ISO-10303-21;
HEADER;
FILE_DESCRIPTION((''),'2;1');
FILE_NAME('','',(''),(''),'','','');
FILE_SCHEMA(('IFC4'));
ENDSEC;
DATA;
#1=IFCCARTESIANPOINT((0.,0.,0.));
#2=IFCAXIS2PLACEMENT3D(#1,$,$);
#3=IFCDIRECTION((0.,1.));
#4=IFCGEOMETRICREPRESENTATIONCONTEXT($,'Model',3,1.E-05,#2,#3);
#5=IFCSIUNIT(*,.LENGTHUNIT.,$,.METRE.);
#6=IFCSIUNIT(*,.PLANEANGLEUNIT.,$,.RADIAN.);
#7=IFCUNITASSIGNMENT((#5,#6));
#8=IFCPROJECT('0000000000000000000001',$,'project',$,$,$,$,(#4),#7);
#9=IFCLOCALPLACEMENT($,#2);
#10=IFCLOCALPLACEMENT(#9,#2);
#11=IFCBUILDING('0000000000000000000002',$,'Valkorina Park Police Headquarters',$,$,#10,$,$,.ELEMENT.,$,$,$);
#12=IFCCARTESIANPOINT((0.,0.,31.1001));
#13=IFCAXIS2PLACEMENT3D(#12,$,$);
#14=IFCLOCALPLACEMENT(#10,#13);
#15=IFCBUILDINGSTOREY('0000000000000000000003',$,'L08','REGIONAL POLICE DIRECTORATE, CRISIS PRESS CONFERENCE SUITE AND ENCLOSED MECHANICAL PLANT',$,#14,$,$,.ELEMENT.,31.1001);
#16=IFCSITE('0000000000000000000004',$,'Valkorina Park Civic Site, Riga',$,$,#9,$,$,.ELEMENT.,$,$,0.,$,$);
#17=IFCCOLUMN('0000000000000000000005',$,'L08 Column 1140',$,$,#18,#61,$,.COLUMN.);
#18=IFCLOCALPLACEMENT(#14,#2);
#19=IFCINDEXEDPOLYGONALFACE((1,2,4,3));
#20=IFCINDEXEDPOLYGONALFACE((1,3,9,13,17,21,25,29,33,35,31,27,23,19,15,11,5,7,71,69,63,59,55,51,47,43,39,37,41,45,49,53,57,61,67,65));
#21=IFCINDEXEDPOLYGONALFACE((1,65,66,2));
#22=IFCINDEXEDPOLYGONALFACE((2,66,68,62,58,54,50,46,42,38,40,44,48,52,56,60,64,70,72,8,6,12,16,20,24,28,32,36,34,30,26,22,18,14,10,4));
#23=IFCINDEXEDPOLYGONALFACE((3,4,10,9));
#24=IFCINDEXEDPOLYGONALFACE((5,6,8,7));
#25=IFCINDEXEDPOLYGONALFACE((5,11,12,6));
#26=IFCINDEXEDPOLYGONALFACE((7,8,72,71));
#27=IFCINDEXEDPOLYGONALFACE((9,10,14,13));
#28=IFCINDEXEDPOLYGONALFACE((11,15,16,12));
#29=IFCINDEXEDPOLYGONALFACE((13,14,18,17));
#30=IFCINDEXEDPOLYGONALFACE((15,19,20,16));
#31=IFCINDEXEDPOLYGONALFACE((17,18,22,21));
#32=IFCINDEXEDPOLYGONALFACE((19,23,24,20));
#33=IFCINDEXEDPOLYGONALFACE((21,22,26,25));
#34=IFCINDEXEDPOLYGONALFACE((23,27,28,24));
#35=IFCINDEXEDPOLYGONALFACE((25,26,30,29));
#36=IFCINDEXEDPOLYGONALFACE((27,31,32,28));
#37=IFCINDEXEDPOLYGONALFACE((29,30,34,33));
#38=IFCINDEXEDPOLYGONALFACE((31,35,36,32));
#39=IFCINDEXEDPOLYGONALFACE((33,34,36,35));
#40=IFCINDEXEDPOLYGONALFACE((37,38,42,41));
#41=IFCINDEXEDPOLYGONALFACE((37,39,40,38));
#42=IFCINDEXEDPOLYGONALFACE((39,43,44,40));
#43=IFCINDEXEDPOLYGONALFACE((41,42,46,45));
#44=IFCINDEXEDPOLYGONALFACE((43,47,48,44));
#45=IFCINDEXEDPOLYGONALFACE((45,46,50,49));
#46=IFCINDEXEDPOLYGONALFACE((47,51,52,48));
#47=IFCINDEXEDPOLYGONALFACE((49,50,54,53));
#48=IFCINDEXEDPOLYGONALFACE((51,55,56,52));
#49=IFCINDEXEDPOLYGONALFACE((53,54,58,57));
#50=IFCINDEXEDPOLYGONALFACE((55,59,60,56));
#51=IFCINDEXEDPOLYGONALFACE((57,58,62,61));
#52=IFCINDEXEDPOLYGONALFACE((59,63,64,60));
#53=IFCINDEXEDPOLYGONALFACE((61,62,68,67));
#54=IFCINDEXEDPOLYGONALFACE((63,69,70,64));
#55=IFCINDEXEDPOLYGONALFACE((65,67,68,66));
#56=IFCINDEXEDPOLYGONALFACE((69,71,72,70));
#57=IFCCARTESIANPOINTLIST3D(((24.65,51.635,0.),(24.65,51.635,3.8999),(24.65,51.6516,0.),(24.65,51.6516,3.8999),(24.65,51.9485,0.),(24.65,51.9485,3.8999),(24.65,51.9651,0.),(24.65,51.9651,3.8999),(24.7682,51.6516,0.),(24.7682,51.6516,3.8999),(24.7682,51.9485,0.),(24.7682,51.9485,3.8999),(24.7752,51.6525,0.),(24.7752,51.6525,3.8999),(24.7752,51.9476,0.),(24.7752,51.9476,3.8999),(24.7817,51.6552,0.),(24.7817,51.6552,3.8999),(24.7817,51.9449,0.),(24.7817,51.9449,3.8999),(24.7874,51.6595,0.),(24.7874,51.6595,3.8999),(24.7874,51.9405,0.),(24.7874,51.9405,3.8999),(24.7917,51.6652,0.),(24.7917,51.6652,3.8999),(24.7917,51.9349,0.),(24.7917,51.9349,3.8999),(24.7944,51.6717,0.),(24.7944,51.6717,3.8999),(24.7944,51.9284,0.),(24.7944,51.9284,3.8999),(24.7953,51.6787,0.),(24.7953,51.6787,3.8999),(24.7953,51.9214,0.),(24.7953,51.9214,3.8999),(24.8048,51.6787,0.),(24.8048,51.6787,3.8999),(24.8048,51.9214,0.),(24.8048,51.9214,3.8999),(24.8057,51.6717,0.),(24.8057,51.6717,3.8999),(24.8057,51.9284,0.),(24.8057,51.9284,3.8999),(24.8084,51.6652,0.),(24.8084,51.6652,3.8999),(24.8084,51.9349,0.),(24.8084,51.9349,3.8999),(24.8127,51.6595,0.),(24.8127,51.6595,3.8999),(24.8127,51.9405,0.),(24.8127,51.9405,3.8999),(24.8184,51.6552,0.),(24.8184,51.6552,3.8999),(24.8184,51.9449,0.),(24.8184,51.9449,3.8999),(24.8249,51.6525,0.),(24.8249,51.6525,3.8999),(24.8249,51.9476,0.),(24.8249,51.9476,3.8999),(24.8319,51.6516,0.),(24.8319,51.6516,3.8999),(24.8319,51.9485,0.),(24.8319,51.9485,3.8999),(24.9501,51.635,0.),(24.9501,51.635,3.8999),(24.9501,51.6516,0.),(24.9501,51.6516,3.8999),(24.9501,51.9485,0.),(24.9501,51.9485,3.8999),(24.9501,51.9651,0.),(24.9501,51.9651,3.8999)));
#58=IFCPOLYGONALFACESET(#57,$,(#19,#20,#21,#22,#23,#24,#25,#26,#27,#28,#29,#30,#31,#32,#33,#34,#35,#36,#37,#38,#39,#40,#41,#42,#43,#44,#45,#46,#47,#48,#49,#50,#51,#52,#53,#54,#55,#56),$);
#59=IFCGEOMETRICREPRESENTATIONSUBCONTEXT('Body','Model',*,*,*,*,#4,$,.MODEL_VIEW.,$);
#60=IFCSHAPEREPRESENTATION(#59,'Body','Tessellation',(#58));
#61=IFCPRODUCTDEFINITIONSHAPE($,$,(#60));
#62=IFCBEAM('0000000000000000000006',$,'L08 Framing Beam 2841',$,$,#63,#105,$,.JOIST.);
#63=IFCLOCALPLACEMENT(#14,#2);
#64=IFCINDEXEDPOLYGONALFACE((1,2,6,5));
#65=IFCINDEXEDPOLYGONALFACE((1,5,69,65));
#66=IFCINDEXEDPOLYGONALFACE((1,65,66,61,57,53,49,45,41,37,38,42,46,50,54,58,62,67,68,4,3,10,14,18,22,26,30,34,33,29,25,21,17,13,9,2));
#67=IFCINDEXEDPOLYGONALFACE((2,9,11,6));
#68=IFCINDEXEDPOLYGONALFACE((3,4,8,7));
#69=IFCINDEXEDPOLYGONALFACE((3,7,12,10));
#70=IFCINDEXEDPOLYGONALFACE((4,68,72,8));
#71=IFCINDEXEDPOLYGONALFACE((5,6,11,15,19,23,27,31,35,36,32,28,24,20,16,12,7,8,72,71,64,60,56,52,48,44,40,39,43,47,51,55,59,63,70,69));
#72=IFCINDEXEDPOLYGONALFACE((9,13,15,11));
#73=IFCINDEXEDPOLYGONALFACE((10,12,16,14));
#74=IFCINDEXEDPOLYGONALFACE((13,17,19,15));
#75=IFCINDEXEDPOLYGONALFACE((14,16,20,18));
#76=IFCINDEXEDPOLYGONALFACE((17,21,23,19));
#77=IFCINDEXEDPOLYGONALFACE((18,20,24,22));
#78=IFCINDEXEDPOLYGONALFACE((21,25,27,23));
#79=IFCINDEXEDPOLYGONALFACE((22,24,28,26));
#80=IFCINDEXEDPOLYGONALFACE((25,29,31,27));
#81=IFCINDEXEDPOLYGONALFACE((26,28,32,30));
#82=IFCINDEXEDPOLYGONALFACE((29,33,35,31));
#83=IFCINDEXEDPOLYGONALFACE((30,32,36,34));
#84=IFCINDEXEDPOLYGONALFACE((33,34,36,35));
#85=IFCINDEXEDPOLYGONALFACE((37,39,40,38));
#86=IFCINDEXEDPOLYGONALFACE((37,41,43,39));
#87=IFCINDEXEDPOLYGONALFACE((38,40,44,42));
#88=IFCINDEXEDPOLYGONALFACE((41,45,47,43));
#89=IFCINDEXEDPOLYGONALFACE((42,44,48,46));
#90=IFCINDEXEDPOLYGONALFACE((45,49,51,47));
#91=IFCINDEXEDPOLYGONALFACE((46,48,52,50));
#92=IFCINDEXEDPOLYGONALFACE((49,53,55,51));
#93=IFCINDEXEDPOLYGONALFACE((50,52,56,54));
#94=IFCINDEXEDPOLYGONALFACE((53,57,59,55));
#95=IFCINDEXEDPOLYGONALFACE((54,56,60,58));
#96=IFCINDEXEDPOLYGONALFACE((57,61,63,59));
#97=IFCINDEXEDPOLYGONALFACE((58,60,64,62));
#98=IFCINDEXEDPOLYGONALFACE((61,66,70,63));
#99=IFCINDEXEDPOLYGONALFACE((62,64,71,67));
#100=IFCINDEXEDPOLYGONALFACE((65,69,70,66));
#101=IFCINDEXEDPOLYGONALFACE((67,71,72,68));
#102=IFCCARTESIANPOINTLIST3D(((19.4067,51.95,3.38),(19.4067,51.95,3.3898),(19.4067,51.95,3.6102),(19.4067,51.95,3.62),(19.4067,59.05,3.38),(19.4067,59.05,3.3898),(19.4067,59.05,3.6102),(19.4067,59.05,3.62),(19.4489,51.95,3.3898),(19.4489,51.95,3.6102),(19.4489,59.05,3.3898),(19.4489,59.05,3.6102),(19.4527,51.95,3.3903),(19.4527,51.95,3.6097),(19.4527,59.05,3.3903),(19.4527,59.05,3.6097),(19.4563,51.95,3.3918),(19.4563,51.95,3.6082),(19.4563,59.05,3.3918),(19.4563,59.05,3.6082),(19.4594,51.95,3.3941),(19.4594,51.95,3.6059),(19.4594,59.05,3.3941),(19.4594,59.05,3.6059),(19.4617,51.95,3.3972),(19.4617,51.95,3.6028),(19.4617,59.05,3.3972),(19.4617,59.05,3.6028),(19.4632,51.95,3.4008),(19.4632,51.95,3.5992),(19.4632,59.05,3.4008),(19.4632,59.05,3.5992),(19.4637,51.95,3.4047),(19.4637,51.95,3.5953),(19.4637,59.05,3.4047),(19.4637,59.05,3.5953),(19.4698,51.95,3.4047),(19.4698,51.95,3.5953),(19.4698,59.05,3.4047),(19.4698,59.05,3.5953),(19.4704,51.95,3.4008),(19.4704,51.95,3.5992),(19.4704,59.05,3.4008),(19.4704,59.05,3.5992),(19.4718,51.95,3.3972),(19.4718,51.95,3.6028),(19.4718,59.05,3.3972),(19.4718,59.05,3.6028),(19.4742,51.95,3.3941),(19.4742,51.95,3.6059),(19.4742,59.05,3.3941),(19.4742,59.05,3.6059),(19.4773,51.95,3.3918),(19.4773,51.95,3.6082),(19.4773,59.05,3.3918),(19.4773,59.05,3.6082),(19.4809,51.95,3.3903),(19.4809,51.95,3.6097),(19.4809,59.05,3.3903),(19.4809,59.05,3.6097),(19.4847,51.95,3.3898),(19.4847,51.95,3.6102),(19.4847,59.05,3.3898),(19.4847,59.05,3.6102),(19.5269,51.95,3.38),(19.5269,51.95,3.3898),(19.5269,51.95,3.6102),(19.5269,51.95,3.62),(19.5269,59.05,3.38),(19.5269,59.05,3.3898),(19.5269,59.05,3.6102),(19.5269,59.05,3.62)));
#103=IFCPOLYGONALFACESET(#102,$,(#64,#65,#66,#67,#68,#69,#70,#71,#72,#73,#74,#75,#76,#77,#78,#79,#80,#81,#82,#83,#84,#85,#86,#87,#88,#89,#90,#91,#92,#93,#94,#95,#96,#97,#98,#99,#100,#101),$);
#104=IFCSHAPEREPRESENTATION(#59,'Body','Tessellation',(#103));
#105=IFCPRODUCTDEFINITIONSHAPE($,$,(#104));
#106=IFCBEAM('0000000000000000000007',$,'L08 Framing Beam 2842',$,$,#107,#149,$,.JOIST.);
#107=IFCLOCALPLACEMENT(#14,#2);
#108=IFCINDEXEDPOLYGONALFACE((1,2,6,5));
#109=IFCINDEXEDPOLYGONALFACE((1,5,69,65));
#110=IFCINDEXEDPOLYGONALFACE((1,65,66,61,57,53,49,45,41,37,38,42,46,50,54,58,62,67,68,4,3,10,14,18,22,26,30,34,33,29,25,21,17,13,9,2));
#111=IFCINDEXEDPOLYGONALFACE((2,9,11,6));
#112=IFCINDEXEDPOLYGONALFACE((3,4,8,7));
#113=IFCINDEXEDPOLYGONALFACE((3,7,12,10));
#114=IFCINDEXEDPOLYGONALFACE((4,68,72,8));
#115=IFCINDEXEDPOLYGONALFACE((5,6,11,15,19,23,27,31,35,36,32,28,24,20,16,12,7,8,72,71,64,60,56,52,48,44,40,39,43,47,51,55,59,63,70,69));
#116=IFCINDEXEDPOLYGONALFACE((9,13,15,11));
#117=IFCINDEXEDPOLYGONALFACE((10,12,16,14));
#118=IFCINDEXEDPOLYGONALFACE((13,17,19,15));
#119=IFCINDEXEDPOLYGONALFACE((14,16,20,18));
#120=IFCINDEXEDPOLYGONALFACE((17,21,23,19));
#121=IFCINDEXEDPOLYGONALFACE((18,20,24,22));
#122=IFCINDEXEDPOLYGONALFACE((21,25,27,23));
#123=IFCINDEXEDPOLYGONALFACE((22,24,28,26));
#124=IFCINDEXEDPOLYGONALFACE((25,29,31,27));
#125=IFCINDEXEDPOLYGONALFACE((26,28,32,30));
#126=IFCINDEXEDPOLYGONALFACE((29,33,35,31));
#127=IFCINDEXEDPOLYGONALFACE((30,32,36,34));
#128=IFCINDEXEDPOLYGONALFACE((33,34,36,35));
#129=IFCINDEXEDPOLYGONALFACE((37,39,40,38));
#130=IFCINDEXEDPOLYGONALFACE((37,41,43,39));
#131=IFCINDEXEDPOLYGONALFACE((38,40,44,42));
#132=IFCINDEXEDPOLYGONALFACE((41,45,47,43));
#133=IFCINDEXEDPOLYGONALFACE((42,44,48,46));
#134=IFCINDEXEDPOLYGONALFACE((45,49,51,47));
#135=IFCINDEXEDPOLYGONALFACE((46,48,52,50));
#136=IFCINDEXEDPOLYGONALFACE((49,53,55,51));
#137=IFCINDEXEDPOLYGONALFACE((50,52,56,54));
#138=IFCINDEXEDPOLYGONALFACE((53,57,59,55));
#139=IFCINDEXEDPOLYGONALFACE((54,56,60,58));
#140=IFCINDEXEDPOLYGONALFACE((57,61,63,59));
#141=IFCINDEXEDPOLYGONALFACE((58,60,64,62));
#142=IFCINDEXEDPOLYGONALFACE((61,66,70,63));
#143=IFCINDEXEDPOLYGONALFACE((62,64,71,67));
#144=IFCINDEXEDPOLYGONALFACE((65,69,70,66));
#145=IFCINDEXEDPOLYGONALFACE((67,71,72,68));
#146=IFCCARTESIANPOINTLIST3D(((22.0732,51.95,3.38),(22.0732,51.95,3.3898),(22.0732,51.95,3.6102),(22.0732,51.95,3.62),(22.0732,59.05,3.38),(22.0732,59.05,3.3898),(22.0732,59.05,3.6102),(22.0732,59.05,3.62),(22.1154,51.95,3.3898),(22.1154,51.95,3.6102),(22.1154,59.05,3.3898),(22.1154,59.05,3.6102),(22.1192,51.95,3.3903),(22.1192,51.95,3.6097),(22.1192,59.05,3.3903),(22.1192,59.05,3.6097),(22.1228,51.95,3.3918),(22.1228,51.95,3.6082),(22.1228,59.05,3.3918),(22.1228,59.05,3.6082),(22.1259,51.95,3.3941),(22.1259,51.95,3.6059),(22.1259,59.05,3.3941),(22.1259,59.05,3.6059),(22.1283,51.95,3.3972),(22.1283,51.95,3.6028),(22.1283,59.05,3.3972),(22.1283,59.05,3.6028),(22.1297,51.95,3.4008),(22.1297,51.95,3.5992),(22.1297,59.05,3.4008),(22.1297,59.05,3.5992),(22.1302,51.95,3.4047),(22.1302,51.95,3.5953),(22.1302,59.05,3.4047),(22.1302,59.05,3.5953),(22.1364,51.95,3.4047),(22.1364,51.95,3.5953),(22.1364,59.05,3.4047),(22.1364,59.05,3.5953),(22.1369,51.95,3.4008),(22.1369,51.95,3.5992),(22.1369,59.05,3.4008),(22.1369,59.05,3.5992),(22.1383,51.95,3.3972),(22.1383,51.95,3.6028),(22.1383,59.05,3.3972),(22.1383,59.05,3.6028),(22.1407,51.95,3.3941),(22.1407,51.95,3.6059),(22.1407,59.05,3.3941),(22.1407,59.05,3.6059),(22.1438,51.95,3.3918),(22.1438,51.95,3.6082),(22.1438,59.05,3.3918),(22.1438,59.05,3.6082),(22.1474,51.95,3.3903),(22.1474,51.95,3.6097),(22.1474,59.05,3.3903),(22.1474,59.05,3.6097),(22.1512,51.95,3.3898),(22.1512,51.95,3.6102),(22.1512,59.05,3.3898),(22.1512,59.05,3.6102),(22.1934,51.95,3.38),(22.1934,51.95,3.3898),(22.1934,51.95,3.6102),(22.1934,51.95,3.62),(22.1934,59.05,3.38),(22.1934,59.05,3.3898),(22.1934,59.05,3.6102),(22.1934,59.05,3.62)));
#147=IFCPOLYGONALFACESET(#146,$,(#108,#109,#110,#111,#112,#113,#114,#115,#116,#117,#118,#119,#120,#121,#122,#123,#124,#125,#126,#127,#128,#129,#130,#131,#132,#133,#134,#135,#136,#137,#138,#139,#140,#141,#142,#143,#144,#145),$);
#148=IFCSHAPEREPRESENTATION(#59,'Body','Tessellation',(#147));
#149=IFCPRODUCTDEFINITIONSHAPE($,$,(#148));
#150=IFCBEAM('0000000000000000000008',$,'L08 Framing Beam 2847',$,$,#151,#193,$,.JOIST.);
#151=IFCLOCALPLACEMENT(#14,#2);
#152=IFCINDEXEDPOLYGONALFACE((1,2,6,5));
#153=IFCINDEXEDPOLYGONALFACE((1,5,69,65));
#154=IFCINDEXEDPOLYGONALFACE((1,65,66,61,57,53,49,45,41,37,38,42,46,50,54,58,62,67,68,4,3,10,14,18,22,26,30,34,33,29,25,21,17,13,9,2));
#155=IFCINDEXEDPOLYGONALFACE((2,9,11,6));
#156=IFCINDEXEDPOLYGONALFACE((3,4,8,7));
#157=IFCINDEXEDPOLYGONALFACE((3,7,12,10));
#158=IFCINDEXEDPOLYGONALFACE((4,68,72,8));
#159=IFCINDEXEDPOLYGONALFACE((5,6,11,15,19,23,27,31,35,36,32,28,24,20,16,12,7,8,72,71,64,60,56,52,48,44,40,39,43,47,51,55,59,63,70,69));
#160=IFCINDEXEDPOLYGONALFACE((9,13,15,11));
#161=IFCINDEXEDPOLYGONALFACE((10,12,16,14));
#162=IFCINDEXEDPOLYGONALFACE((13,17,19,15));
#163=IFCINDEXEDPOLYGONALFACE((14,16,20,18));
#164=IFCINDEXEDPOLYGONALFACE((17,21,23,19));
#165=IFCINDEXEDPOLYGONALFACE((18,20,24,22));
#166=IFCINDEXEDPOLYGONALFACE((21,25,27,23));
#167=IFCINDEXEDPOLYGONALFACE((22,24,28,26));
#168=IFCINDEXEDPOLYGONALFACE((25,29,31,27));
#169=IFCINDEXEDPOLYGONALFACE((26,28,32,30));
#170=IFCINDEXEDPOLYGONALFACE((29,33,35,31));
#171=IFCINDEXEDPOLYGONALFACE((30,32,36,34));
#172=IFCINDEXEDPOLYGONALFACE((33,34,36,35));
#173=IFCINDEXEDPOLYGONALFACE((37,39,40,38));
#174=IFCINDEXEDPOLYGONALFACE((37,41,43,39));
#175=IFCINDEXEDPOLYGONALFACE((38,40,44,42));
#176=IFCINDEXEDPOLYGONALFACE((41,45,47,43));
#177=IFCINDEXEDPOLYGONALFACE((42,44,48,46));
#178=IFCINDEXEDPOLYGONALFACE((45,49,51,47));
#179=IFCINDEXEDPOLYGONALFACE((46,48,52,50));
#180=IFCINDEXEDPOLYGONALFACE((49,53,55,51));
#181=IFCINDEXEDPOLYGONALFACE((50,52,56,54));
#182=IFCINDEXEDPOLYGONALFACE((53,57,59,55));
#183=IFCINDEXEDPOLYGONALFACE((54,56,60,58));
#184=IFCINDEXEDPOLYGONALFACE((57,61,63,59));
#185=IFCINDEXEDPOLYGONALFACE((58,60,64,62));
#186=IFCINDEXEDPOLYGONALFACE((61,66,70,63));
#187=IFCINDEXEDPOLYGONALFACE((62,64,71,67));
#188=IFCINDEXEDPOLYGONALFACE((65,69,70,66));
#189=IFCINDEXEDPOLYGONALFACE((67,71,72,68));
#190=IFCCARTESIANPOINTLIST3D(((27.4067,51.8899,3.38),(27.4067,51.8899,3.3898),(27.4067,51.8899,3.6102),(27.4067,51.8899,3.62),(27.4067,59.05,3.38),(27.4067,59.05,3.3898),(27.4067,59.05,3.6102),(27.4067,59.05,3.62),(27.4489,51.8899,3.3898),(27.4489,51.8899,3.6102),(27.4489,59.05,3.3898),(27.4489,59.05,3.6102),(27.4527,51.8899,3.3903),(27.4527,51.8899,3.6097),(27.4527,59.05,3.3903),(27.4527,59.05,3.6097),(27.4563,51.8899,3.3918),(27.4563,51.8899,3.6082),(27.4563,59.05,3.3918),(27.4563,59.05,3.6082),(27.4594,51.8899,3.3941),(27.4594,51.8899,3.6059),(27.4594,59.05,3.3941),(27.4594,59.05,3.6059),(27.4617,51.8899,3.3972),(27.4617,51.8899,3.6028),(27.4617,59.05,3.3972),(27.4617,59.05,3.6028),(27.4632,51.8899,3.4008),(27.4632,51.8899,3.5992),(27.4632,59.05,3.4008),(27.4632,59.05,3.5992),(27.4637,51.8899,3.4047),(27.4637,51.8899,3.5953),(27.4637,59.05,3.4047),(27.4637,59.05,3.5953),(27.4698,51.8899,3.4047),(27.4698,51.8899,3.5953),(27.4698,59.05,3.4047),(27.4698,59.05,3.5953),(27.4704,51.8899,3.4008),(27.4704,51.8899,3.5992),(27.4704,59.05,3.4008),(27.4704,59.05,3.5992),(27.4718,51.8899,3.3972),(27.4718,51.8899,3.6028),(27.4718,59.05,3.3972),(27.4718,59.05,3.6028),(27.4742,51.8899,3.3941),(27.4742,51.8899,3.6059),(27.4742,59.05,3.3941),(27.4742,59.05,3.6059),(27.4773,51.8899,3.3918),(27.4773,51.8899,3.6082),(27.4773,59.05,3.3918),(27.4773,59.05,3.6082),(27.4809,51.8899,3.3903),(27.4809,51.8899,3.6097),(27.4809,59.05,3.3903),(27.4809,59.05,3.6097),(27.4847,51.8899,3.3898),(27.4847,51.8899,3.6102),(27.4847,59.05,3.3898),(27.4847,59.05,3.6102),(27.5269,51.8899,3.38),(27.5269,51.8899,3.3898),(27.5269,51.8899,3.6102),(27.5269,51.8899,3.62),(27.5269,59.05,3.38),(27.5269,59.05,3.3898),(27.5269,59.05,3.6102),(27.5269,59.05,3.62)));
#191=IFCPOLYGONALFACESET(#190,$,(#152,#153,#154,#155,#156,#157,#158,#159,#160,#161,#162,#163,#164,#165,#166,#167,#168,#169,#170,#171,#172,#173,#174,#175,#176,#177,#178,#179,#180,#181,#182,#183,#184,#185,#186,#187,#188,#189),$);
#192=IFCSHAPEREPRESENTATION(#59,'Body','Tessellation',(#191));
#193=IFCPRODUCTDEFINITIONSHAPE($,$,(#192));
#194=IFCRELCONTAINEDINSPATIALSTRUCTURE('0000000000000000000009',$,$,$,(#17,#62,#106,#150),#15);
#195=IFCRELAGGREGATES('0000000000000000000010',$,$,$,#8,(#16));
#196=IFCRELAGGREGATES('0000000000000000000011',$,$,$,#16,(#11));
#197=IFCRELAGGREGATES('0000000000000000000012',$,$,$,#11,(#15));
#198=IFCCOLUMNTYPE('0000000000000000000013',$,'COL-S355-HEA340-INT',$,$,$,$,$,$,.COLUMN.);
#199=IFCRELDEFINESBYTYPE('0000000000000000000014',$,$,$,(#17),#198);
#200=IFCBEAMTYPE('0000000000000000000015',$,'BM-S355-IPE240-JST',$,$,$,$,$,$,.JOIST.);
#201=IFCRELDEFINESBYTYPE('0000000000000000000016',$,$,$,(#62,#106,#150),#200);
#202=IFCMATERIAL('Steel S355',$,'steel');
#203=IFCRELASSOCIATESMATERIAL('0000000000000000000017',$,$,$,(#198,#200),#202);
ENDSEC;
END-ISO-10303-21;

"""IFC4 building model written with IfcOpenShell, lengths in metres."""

from ifc_helpers import new_model, si_unit, direction, frame, origin, origin_2d, place, context, subcontext, project, spatial, i_section, extrude, material, material_profile, profile_set, type_object, element, save


model = new_model("IFC4")

# Units and contexts
model_context = context("Model", 3, precision=1e-05, world=origin(), true_north=direction((0.0, 1.0)))
body_context = subcontext(model_context, "Body", "Model", "MODEL_VIEW")
ifc_project = project(units=[si_unit("LENGTHUNIT", "METRE"), si_unit("PLANEANGLEUNIT", "RADIAN")], contexts=[model_context])

# Site, building, storey
site_placement = place(None, origin())
site = spatial("IfcSite", under=ifc_project, at=site_placement, Name="Valkorina Park Civic Site, Riga", CompositionType="ELEMENT", RefElevation=0.0)
building_placement = place(site_placement, origin())
building = spatial("IfcBuilding", under=site, at=building_placement, Name="Valkorina Park Police Headquarters", CompositionType="ELEMENT")
storey_placement = place(building_placement, frame((0.0, 0.0, 31.1001)))
storey = spatial("IfcBuildingStorey", under=building, at=storey_placement, Name="L08", Description="REGIONAL POLICE DIRECTORATE, CRISIS PRESS CONFERENCE SUITE AND ENCLOSED MECHANICAL PLANT", CompositionType="ELEMENT", Elevation=31.1001)

# Column
ifc_material_1 = material(Name="Steel S355", Category="steel")
ifc_material_profile_1 = material_profile(ifc_material_1, i_section(OverallWidth=0.3, OverallDepth=0.3301, WebThickness=0.0095, FlangeThickness=0.0166, FilletRadius=0.0271, at=origin_2d()), Name="HEA 340")
ifc_profile_set_1 = profile_set([ifc_material_profile_1], Name="Steel S355")
column_type = type_object("IfcColumnType", Name="COL-S355-HEA340-INT", PredefinedType="COLUMN", material=ifc_profile_set_1)
column_placement = place(storey_placement, frame((24.8, 51.8, 0.0), z_axis=(0.0, 0.0, 1.0), x_axis=(1.0, 0.0, 0.0)))
element("IfcColumn", 1, at=column_placement, inside=storey, type_object=column_type, Name="L08 Column 1140", PredefinedType="COLUMN", context=body_context, shape_type="SweptSolid", body=[
    extrude(i_section(OverallWidth=0.3, OverallDepth=0.3301, WebThickness=0.0095, FlangeThickness=0.0166, FilletRadius=0.0271, at=origin_2d()), origin(), (0.0, 0.0, 1.0), 3.8999),
])

# Beams
ifc_material_profile_2 = material_profile(ifc_material_1, i_section(OverallWidth=0.1201, OverallDepth=0.24, WebThickness=0.0061, FlangeThickness=0.0098, FilletRadius=0.0149, at=origin_2d()), Name="IPE 240")
ifc_profile_set_2 = profile_set([ifc_material_profile_2], Name="Steel S355")
beam_type_1 = type_object("IfcBeamType", Name="BM-S355-IPE240-JST", PredefinedType="JOIST", material=ifc_profile_set_2)
for number, where, z_axis, x_axis, name in (
    (2, (19.4668, 51.95, 3.5), (0.0, 1.0, 0.0), (-1.0, 0.0, 0.0), "L08 Framing Beam 2841"),
    (3, (22.1333, 51.95, 3.5), (0.0, 1.0, 0.0), (-1.0, 0.0, 0.0), "L08 Framing Beam 2842"),
):
    element("IfcBeam", number, at=place(storey_placement, frame(where, z_axis=z_axis, x_axis=x_axis)), inside=storey, type_object=beam_type_1, Name=name, PredefinedType="JOIST", context=body_context, shape_type="SweptSolid", body=[
        extrude(i_section(OverallWidth=0.1201, OverallDepth=0.24, WebThickness=0.0061, FlangeThickness=0.0098, FilletRadius=0.0149, at=origin_2d()), origin(), (0.0, 0.0, 1.0), 7.1001),
    ])
beam_1_placement = place(storey_placement, frame((27.4668, 51.8899, 3.5), z_axis=(0.0, 1.0, 0.0), x_axis=(-1.0, 0.0, 0.0)))
element("IfcBeam", 4, at=beam_1_placement, inside=storey, type_object=beam_type_1, Name="L08 Framing Beam 2847", PredefinedType="JOIST", context=body_context, shape_type="SweptSolid", body=[
    extrude(i_section(OverallWidth=0.1201, OverallDepth=0.24, WebThickness=0.0061, FlangeThickness=0.0098, FilletRadius=0.0149, at=origin_2d()), origin(), (0.0, 0.0, 1.0), 7.1602),
])

save(model, "model.ifc")
